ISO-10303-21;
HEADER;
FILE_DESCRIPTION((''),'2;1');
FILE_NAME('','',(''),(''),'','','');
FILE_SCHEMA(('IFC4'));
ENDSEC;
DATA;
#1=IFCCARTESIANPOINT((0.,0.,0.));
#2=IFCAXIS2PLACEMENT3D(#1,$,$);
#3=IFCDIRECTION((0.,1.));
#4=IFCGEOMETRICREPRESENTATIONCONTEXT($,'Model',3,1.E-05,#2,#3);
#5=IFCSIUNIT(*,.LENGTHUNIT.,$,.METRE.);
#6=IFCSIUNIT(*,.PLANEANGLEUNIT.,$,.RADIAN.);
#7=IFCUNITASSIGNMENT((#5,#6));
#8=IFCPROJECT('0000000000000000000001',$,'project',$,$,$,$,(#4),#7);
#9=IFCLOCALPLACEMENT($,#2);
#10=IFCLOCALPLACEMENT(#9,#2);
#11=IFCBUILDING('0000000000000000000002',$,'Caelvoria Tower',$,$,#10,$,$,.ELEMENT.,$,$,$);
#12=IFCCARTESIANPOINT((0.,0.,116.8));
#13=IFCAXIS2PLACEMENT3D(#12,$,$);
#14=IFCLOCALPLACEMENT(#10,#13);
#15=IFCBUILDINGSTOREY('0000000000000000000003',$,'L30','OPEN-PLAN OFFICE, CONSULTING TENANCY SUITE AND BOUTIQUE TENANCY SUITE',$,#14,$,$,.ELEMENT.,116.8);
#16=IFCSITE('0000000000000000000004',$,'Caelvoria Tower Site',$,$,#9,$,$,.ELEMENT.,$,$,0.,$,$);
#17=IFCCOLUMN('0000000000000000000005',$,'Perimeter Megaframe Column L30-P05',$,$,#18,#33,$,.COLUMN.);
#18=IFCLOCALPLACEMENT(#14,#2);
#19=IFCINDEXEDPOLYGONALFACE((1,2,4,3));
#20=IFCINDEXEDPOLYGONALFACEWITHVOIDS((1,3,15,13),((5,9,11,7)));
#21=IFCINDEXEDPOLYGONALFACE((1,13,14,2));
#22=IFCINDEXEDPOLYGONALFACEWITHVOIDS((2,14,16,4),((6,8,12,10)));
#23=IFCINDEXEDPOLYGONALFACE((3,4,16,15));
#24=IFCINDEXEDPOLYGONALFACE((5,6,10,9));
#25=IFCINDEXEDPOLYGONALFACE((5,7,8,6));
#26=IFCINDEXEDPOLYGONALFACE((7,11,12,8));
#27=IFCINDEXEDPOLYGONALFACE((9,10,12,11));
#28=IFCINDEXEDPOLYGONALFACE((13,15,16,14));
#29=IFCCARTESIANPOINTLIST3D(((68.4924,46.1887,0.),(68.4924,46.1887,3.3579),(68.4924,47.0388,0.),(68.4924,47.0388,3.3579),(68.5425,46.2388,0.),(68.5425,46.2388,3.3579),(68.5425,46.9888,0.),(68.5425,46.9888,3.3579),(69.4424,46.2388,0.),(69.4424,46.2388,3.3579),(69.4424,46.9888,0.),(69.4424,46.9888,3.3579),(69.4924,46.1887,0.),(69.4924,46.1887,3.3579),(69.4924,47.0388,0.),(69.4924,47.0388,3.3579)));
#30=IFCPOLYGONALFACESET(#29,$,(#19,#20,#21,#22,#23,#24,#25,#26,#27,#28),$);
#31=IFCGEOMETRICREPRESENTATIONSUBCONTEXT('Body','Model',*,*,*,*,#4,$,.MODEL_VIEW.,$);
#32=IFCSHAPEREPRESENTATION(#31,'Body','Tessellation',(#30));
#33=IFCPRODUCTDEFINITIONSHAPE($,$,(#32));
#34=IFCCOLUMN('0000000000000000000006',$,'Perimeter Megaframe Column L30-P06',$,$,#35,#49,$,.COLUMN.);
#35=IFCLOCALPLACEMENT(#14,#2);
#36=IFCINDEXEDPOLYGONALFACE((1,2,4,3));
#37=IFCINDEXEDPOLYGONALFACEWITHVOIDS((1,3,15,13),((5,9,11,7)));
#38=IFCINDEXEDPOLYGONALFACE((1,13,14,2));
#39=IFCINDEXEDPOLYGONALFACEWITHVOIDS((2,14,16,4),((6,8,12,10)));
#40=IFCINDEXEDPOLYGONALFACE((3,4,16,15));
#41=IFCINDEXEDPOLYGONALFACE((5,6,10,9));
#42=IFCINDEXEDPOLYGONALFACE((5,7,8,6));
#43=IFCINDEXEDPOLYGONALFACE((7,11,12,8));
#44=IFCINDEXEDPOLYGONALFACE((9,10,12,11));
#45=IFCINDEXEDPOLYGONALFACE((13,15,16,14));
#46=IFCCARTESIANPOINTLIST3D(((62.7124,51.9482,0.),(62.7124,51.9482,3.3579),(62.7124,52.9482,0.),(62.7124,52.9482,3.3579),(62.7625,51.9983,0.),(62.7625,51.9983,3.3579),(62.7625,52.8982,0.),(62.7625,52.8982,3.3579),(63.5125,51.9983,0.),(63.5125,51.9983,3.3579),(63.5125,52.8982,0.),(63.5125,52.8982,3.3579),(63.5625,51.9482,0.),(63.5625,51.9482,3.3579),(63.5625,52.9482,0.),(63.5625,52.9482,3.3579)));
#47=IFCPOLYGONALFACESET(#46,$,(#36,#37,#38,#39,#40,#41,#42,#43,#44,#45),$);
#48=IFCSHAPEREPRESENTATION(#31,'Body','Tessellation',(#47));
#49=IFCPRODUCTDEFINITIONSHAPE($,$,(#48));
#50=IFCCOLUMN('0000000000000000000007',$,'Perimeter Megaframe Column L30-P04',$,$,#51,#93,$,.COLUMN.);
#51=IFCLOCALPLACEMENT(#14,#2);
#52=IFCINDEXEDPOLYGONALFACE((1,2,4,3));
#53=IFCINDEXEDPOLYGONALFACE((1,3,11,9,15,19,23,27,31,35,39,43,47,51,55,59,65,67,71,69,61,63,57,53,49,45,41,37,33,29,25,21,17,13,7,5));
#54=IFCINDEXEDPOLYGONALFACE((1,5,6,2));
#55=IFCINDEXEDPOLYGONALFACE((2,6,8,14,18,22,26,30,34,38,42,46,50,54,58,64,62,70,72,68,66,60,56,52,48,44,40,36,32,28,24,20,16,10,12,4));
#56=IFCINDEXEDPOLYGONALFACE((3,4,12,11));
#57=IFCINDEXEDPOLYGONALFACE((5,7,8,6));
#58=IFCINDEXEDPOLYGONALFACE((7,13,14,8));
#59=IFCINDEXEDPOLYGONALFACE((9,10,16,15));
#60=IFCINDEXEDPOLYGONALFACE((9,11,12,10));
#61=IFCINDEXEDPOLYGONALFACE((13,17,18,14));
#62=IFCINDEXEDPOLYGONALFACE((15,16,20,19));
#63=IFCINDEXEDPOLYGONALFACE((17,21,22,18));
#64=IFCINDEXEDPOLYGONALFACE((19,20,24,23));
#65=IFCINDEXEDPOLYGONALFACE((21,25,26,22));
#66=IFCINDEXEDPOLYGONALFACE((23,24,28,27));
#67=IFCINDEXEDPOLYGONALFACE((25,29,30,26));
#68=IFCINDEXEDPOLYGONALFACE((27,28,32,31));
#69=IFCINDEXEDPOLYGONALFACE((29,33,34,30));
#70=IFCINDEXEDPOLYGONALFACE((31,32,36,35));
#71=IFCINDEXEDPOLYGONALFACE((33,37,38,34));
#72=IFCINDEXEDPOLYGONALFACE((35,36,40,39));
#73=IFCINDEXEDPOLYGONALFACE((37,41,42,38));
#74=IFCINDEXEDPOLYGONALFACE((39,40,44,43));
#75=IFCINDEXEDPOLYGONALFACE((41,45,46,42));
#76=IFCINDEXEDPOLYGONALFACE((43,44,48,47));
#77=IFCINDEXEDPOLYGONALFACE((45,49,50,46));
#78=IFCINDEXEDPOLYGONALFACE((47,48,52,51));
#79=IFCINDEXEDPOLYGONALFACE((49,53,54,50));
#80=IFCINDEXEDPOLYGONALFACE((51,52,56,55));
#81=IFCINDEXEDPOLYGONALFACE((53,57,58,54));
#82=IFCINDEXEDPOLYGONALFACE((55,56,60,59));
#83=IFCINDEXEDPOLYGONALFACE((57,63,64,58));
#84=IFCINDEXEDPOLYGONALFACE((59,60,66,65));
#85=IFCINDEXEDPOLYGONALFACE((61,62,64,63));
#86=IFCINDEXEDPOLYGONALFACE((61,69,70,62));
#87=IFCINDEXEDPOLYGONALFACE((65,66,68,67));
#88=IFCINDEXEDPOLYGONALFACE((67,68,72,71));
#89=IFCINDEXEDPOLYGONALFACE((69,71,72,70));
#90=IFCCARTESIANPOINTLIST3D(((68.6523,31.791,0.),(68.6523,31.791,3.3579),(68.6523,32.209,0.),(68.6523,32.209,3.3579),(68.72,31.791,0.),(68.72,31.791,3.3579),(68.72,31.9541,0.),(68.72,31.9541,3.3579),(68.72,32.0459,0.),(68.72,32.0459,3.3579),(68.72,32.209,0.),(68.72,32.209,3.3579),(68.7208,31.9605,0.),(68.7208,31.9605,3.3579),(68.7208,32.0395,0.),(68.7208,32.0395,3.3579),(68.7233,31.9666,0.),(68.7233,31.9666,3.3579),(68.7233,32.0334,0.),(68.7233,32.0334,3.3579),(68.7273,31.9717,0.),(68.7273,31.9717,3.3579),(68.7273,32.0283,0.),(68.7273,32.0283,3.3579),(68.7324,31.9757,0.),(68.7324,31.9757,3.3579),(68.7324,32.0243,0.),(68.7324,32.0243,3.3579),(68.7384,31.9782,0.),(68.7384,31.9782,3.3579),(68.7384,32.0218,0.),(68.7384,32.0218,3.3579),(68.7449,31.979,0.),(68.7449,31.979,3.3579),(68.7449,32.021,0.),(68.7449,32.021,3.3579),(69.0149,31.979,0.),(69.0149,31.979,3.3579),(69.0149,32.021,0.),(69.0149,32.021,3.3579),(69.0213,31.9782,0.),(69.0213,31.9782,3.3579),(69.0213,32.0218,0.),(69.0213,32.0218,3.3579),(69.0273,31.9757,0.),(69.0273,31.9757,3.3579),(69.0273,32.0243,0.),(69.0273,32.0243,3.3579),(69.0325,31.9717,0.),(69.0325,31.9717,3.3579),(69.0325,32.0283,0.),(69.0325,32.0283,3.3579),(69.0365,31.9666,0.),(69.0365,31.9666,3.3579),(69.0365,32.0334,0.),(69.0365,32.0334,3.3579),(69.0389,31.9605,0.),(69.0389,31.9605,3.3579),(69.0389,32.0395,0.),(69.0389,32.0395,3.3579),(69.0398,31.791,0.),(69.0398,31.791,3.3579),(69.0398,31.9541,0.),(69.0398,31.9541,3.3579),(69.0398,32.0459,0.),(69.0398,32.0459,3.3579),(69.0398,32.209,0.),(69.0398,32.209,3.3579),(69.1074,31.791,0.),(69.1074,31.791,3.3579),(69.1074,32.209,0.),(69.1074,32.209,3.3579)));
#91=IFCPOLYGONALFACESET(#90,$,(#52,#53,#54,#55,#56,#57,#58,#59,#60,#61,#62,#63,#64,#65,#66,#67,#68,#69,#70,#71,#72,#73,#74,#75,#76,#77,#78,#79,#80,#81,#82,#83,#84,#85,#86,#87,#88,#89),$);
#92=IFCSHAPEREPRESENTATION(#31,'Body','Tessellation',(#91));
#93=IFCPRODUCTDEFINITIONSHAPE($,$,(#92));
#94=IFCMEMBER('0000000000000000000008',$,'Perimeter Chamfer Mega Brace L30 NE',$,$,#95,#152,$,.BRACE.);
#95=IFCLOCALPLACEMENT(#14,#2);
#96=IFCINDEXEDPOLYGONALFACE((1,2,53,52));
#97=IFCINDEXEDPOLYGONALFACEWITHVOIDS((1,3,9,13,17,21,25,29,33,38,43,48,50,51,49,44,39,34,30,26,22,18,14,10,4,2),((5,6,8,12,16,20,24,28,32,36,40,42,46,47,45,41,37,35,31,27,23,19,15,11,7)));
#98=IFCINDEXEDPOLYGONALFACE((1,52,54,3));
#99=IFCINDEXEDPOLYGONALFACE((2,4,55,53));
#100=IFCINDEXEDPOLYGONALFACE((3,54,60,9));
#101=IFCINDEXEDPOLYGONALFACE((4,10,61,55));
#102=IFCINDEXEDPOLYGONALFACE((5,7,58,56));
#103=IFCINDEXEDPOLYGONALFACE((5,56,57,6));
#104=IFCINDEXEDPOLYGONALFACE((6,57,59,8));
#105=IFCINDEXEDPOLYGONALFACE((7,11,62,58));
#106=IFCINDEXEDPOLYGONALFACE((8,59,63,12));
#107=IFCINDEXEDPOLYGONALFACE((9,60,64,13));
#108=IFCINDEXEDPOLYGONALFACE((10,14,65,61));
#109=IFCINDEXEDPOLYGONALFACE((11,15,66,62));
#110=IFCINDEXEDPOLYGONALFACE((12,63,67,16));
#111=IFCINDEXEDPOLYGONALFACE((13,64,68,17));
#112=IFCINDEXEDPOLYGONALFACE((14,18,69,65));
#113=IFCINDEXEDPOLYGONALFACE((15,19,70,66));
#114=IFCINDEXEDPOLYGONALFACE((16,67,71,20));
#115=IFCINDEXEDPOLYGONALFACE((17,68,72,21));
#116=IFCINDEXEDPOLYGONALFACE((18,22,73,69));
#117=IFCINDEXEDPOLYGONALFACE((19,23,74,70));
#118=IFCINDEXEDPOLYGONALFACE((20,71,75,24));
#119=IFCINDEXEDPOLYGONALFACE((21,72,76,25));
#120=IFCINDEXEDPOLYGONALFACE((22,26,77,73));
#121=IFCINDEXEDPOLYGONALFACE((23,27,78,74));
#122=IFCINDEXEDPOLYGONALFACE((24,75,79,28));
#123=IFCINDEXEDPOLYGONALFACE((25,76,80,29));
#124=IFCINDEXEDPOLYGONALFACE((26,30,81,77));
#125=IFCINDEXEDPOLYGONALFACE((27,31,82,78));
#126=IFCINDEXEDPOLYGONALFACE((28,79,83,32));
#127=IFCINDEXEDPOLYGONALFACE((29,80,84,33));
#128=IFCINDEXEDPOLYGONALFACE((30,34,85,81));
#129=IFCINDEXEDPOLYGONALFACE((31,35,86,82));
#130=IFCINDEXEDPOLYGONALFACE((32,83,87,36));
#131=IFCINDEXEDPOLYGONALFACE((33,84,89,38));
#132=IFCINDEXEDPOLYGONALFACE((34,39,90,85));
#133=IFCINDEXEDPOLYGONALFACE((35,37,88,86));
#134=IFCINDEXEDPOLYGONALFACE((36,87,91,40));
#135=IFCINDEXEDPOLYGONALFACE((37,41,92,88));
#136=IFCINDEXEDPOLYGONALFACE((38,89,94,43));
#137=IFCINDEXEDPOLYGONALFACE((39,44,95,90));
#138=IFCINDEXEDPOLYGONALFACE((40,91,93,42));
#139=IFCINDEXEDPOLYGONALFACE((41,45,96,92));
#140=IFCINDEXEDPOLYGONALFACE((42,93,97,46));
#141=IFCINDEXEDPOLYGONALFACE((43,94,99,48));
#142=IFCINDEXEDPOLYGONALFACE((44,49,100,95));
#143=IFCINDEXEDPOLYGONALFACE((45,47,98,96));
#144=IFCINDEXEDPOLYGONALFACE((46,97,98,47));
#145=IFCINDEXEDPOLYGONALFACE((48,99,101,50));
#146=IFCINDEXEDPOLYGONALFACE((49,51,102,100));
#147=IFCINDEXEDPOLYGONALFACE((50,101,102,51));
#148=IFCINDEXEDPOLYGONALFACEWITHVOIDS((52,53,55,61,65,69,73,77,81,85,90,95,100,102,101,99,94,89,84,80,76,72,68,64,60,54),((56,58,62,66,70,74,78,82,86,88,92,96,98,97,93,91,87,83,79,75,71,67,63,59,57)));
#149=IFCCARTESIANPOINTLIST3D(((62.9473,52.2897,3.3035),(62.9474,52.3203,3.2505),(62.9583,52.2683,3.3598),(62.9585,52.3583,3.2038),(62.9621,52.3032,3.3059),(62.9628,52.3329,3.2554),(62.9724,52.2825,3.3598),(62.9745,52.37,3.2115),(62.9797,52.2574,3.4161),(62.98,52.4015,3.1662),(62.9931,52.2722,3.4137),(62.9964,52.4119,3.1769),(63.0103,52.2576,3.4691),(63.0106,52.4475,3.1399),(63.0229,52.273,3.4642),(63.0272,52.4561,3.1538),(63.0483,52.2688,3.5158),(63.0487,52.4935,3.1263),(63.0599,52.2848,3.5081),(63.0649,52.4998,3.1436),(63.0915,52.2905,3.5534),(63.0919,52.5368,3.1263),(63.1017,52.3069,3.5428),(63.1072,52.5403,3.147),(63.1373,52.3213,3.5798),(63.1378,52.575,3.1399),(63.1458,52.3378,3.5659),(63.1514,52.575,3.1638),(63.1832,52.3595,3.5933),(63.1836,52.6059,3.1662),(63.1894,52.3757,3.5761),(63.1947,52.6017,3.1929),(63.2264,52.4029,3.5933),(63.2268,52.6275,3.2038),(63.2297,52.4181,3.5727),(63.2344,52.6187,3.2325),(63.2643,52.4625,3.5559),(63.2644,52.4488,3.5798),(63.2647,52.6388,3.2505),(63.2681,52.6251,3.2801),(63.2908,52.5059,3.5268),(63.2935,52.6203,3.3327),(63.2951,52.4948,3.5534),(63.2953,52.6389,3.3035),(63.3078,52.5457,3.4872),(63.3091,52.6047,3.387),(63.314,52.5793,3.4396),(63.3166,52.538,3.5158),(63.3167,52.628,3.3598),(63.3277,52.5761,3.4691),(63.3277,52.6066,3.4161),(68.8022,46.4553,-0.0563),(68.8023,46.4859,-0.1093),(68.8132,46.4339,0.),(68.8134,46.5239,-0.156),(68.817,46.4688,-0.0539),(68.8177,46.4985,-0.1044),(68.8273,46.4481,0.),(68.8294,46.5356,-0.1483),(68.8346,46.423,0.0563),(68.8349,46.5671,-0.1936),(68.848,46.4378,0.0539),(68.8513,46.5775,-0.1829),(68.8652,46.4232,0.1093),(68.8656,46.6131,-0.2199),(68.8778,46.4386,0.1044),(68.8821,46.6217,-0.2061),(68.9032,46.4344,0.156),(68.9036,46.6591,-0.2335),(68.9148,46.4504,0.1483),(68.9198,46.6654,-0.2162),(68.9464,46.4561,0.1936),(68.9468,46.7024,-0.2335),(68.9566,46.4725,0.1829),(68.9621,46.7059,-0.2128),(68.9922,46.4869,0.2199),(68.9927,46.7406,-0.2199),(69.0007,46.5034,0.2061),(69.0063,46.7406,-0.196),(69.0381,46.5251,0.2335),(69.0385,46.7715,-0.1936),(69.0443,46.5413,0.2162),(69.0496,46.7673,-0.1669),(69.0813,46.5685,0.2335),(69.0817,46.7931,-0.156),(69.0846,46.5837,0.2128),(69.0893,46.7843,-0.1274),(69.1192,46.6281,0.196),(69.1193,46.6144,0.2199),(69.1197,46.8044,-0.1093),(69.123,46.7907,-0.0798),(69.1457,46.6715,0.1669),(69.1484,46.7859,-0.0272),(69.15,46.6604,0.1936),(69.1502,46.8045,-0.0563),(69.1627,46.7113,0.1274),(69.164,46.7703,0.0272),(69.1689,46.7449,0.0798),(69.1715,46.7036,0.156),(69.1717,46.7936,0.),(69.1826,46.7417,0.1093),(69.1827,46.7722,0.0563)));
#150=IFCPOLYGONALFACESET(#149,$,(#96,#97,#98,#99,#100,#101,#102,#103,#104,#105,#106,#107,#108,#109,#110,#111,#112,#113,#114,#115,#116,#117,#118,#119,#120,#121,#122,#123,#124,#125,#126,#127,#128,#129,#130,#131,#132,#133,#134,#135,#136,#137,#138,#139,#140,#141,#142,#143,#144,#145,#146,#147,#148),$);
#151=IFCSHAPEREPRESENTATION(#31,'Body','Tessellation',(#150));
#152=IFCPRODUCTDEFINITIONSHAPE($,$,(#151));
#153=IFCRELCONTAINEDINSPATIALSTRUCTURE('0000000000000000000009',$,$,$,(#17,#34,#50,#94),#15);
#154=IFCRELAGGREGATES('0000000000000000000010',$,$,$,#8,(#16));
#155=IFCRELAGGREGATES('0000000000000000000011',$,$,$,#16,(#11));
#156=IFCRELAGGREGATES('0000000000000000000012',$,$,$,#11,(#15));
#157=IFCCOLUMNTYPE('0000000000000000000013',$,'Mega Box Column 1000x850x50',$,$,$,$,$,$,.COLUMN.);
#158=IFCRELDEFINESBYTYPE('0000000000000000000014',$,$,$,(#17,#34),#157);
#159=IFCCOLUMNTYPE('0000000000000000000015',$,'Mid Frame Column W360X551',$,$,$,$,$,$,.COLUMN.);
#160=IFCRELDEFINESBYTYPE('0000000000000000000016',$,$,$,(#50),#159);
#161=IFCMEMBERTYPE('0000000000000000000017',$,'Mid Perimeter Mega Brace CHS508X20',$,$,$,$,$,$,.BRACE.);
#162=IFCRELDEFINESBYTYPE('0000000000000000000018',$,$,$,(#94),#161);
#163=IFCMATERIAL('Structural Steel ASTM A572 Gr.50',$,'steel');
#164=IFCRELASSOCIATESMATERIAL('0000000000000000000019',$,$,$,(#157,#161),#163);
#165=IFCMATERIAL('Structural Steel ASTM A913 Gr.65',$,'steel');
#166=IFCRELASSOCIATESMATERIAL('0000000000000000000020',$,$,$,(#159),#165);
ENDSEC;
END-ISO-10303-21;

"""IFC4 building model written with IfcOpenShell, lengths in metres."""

from ifc_helpers import new_model, si_unit, direction, frame, origin, origin_2d, place, context, subcontext, project, spatial, hollow_rectangle, hollow_circle, i_section, extrude, material, material_profile, profile_set, type_object, element, save


model = new_model("IFC4")

# Units and contexts
model_context = context("Model", 3, precision=1e-05, world=origin(), true_north=direction((0.0, 1.0)))
body_context = subcontext(model_context, "Body", "Model", "MODEL_VIEW")
ifc_project = project(units=[si_unit("LENGTHUNIT", "METRE"), si_unit("PLANEANGLEUNIT", "RADIAN")], contexts=[model_context])

# Site, building, storey
site_placement = place(None, origin())
site = spatial("IfcSite", under=ifc_project, at=site_placement, Name="Caelvoria Tower Site", CompositionType="ELEMENT", RefElevation=0.0)
building_placement = place(site_placement, origin())
building = spatial("IfcBuilding", under=site, at=building_placement, Name="Caelvoria Tower", CompositionType="ELEMENT")
storey_placement = place(building_placement, frame((0.0, 0.0, 116.8)))
storey = spatial("IfcBuildingStorey", under=building, at=storey_placement, Name="L30", Description="OPEN-PLAN OFFICE, CONSULTING TENANCY SUITE AND BOUTIQUE TENANCY SUITE", CompositionType="ELEMENT", Elevation=116.8)

# Columns
ifc_material_1 = material(Name="Structural Steel ASTM A572 Gr.50", Category="steel")
ifc_material_profile_1 = material_profile(ifc_material_1, hollow_rectangle(XDim=0.8501, YDim=1.0, WallThickness=0.05, at=origin_2d()), Name="Structural Steel ASTM A572 Gr.50")
ifc_profile_set_1 = profile_set([ifc_material_profile_1], Name="BOX1000X850X50 - Structural Steel ASTM A572 Gr.50")
column_type_1 = type_object("IfcColumnType", Name="Mega Box Column 1000x850x50", PredefinedType="COLUMN", material=ifc_profile_set_1)
for number, where, z_axis, x_axis, name in (
    (1, (68.9924, 46.6138, 0.0), (0.0, 0.0, 1.0), (0.0, 1.0, 0.0), "Perimeter Megaframe Column L30-P05"),
    (2, (63.1375, 52.4482, 0.0), (0.0, 0.0, 1.0), (1.0, 0.0, 0.0), "Perimeter Megaframe Column L30-P06"),
):
    element("IfcColumn", number, at=place(storey_placement, frame(where, z_axis=z_axis, x_axis=x_axis)), inside=storey, type_object=column_type_1, Name=name, PredefinedType="COLUMN", context=body_context, shape_type="SweptSolid", body=[
        extrude(hollow_rectangle(XDim=0.8501, YDim=1.0, WallThickness=0.05, at=origin_2d()), origin(), (0.0, 0.0, 1.0), 3.3579),
    ])
ifc_material_2 = material(Name="Structural Steel ASTM A913 Gr.65", Category="steel")
ifc_material_profile_2 = material_profile(ifc_material_2, i_section(OverallWidth=0.418, OverallDepth=0.4551, WebThickness=0.042, FlangeThickness=0.0676, FilletRadius=0.0249, at=origin_2d()), Name="Structural Steel ASTM A913 Gr.65")
ifc_profile_set_2 = profile_set([ifc_material_profile_2], Name="W360X551 - Structural Steel ASTM A913 Gr.65")
column_type_2 = type_object("IfcColumnType", Name="Mid Frame Column W360X551", PredefinedType="COLUMN", material=ifc_profile_set_2)
column_placement = place(storey_placement, frame((68.8799, 32.0, 0.0), z_axis=(0.0, 0.0, 1.0), x_axis=(0.0, 1.0, 0.0)))
element("IfcColumn", 3, at=column_placement, inside=storey, type_object=column_type_2, Name="Perimeter Megaframe Column L30-P04", PredefinedType="COLUMN", context=body_context, shape_type="SweptSolid", body=[
    extrude(i_section(OverallWidth=0.418, OverallDepth=0.4551, WebThickness=0.042, FlangeThickness=0.0676, FilletRadius=0.0249, at=origin_2d()), origin(), (0.0, 0.0, 1.0), 3.3579),
])

# Member
ifc_material_profile_3 = material_profile(ifc_material_1, hollow_circle(Radius=0.2539, WallThickness=0.02, at=origin_2d()), Name="Structural Steel ASTM A572 Gr.50")
ifc_profile_set_3 = profile_set([ifc_material_profile_3], Name="CHS508X20 - Structural Steel ASTM A572 Gr.50")
member_type = type_object("IfcMemberType", Name="Mid Perimeter Mega Brace CHS508X20", PredefinedType="BRACE", material=ifc_profile_set_3)
member_1_placement = place(storey_placement, frame((68.9924, 46.6138, 0.0), z_axis=(-0.656206, 0.653907, 0.376562), x_axis=(-0.705865, -0.708346, 0.0)))
element("IfcMember", 4, at=member_1_placement, inside=storey, type_object=member_type, Name="Perimeter Chamfer Mega Brace L30 NE", PredefinedType="BRACE", context=body_context, shape_type="SweptSolid", body=[
    extrude(hollow_circle(Radius=0.2539, WallThickness=0.02, at=origin_2d()), origin(), (0.0, 0.0, 1.0), 8.9224),
])

save(model, "model.ifc")
